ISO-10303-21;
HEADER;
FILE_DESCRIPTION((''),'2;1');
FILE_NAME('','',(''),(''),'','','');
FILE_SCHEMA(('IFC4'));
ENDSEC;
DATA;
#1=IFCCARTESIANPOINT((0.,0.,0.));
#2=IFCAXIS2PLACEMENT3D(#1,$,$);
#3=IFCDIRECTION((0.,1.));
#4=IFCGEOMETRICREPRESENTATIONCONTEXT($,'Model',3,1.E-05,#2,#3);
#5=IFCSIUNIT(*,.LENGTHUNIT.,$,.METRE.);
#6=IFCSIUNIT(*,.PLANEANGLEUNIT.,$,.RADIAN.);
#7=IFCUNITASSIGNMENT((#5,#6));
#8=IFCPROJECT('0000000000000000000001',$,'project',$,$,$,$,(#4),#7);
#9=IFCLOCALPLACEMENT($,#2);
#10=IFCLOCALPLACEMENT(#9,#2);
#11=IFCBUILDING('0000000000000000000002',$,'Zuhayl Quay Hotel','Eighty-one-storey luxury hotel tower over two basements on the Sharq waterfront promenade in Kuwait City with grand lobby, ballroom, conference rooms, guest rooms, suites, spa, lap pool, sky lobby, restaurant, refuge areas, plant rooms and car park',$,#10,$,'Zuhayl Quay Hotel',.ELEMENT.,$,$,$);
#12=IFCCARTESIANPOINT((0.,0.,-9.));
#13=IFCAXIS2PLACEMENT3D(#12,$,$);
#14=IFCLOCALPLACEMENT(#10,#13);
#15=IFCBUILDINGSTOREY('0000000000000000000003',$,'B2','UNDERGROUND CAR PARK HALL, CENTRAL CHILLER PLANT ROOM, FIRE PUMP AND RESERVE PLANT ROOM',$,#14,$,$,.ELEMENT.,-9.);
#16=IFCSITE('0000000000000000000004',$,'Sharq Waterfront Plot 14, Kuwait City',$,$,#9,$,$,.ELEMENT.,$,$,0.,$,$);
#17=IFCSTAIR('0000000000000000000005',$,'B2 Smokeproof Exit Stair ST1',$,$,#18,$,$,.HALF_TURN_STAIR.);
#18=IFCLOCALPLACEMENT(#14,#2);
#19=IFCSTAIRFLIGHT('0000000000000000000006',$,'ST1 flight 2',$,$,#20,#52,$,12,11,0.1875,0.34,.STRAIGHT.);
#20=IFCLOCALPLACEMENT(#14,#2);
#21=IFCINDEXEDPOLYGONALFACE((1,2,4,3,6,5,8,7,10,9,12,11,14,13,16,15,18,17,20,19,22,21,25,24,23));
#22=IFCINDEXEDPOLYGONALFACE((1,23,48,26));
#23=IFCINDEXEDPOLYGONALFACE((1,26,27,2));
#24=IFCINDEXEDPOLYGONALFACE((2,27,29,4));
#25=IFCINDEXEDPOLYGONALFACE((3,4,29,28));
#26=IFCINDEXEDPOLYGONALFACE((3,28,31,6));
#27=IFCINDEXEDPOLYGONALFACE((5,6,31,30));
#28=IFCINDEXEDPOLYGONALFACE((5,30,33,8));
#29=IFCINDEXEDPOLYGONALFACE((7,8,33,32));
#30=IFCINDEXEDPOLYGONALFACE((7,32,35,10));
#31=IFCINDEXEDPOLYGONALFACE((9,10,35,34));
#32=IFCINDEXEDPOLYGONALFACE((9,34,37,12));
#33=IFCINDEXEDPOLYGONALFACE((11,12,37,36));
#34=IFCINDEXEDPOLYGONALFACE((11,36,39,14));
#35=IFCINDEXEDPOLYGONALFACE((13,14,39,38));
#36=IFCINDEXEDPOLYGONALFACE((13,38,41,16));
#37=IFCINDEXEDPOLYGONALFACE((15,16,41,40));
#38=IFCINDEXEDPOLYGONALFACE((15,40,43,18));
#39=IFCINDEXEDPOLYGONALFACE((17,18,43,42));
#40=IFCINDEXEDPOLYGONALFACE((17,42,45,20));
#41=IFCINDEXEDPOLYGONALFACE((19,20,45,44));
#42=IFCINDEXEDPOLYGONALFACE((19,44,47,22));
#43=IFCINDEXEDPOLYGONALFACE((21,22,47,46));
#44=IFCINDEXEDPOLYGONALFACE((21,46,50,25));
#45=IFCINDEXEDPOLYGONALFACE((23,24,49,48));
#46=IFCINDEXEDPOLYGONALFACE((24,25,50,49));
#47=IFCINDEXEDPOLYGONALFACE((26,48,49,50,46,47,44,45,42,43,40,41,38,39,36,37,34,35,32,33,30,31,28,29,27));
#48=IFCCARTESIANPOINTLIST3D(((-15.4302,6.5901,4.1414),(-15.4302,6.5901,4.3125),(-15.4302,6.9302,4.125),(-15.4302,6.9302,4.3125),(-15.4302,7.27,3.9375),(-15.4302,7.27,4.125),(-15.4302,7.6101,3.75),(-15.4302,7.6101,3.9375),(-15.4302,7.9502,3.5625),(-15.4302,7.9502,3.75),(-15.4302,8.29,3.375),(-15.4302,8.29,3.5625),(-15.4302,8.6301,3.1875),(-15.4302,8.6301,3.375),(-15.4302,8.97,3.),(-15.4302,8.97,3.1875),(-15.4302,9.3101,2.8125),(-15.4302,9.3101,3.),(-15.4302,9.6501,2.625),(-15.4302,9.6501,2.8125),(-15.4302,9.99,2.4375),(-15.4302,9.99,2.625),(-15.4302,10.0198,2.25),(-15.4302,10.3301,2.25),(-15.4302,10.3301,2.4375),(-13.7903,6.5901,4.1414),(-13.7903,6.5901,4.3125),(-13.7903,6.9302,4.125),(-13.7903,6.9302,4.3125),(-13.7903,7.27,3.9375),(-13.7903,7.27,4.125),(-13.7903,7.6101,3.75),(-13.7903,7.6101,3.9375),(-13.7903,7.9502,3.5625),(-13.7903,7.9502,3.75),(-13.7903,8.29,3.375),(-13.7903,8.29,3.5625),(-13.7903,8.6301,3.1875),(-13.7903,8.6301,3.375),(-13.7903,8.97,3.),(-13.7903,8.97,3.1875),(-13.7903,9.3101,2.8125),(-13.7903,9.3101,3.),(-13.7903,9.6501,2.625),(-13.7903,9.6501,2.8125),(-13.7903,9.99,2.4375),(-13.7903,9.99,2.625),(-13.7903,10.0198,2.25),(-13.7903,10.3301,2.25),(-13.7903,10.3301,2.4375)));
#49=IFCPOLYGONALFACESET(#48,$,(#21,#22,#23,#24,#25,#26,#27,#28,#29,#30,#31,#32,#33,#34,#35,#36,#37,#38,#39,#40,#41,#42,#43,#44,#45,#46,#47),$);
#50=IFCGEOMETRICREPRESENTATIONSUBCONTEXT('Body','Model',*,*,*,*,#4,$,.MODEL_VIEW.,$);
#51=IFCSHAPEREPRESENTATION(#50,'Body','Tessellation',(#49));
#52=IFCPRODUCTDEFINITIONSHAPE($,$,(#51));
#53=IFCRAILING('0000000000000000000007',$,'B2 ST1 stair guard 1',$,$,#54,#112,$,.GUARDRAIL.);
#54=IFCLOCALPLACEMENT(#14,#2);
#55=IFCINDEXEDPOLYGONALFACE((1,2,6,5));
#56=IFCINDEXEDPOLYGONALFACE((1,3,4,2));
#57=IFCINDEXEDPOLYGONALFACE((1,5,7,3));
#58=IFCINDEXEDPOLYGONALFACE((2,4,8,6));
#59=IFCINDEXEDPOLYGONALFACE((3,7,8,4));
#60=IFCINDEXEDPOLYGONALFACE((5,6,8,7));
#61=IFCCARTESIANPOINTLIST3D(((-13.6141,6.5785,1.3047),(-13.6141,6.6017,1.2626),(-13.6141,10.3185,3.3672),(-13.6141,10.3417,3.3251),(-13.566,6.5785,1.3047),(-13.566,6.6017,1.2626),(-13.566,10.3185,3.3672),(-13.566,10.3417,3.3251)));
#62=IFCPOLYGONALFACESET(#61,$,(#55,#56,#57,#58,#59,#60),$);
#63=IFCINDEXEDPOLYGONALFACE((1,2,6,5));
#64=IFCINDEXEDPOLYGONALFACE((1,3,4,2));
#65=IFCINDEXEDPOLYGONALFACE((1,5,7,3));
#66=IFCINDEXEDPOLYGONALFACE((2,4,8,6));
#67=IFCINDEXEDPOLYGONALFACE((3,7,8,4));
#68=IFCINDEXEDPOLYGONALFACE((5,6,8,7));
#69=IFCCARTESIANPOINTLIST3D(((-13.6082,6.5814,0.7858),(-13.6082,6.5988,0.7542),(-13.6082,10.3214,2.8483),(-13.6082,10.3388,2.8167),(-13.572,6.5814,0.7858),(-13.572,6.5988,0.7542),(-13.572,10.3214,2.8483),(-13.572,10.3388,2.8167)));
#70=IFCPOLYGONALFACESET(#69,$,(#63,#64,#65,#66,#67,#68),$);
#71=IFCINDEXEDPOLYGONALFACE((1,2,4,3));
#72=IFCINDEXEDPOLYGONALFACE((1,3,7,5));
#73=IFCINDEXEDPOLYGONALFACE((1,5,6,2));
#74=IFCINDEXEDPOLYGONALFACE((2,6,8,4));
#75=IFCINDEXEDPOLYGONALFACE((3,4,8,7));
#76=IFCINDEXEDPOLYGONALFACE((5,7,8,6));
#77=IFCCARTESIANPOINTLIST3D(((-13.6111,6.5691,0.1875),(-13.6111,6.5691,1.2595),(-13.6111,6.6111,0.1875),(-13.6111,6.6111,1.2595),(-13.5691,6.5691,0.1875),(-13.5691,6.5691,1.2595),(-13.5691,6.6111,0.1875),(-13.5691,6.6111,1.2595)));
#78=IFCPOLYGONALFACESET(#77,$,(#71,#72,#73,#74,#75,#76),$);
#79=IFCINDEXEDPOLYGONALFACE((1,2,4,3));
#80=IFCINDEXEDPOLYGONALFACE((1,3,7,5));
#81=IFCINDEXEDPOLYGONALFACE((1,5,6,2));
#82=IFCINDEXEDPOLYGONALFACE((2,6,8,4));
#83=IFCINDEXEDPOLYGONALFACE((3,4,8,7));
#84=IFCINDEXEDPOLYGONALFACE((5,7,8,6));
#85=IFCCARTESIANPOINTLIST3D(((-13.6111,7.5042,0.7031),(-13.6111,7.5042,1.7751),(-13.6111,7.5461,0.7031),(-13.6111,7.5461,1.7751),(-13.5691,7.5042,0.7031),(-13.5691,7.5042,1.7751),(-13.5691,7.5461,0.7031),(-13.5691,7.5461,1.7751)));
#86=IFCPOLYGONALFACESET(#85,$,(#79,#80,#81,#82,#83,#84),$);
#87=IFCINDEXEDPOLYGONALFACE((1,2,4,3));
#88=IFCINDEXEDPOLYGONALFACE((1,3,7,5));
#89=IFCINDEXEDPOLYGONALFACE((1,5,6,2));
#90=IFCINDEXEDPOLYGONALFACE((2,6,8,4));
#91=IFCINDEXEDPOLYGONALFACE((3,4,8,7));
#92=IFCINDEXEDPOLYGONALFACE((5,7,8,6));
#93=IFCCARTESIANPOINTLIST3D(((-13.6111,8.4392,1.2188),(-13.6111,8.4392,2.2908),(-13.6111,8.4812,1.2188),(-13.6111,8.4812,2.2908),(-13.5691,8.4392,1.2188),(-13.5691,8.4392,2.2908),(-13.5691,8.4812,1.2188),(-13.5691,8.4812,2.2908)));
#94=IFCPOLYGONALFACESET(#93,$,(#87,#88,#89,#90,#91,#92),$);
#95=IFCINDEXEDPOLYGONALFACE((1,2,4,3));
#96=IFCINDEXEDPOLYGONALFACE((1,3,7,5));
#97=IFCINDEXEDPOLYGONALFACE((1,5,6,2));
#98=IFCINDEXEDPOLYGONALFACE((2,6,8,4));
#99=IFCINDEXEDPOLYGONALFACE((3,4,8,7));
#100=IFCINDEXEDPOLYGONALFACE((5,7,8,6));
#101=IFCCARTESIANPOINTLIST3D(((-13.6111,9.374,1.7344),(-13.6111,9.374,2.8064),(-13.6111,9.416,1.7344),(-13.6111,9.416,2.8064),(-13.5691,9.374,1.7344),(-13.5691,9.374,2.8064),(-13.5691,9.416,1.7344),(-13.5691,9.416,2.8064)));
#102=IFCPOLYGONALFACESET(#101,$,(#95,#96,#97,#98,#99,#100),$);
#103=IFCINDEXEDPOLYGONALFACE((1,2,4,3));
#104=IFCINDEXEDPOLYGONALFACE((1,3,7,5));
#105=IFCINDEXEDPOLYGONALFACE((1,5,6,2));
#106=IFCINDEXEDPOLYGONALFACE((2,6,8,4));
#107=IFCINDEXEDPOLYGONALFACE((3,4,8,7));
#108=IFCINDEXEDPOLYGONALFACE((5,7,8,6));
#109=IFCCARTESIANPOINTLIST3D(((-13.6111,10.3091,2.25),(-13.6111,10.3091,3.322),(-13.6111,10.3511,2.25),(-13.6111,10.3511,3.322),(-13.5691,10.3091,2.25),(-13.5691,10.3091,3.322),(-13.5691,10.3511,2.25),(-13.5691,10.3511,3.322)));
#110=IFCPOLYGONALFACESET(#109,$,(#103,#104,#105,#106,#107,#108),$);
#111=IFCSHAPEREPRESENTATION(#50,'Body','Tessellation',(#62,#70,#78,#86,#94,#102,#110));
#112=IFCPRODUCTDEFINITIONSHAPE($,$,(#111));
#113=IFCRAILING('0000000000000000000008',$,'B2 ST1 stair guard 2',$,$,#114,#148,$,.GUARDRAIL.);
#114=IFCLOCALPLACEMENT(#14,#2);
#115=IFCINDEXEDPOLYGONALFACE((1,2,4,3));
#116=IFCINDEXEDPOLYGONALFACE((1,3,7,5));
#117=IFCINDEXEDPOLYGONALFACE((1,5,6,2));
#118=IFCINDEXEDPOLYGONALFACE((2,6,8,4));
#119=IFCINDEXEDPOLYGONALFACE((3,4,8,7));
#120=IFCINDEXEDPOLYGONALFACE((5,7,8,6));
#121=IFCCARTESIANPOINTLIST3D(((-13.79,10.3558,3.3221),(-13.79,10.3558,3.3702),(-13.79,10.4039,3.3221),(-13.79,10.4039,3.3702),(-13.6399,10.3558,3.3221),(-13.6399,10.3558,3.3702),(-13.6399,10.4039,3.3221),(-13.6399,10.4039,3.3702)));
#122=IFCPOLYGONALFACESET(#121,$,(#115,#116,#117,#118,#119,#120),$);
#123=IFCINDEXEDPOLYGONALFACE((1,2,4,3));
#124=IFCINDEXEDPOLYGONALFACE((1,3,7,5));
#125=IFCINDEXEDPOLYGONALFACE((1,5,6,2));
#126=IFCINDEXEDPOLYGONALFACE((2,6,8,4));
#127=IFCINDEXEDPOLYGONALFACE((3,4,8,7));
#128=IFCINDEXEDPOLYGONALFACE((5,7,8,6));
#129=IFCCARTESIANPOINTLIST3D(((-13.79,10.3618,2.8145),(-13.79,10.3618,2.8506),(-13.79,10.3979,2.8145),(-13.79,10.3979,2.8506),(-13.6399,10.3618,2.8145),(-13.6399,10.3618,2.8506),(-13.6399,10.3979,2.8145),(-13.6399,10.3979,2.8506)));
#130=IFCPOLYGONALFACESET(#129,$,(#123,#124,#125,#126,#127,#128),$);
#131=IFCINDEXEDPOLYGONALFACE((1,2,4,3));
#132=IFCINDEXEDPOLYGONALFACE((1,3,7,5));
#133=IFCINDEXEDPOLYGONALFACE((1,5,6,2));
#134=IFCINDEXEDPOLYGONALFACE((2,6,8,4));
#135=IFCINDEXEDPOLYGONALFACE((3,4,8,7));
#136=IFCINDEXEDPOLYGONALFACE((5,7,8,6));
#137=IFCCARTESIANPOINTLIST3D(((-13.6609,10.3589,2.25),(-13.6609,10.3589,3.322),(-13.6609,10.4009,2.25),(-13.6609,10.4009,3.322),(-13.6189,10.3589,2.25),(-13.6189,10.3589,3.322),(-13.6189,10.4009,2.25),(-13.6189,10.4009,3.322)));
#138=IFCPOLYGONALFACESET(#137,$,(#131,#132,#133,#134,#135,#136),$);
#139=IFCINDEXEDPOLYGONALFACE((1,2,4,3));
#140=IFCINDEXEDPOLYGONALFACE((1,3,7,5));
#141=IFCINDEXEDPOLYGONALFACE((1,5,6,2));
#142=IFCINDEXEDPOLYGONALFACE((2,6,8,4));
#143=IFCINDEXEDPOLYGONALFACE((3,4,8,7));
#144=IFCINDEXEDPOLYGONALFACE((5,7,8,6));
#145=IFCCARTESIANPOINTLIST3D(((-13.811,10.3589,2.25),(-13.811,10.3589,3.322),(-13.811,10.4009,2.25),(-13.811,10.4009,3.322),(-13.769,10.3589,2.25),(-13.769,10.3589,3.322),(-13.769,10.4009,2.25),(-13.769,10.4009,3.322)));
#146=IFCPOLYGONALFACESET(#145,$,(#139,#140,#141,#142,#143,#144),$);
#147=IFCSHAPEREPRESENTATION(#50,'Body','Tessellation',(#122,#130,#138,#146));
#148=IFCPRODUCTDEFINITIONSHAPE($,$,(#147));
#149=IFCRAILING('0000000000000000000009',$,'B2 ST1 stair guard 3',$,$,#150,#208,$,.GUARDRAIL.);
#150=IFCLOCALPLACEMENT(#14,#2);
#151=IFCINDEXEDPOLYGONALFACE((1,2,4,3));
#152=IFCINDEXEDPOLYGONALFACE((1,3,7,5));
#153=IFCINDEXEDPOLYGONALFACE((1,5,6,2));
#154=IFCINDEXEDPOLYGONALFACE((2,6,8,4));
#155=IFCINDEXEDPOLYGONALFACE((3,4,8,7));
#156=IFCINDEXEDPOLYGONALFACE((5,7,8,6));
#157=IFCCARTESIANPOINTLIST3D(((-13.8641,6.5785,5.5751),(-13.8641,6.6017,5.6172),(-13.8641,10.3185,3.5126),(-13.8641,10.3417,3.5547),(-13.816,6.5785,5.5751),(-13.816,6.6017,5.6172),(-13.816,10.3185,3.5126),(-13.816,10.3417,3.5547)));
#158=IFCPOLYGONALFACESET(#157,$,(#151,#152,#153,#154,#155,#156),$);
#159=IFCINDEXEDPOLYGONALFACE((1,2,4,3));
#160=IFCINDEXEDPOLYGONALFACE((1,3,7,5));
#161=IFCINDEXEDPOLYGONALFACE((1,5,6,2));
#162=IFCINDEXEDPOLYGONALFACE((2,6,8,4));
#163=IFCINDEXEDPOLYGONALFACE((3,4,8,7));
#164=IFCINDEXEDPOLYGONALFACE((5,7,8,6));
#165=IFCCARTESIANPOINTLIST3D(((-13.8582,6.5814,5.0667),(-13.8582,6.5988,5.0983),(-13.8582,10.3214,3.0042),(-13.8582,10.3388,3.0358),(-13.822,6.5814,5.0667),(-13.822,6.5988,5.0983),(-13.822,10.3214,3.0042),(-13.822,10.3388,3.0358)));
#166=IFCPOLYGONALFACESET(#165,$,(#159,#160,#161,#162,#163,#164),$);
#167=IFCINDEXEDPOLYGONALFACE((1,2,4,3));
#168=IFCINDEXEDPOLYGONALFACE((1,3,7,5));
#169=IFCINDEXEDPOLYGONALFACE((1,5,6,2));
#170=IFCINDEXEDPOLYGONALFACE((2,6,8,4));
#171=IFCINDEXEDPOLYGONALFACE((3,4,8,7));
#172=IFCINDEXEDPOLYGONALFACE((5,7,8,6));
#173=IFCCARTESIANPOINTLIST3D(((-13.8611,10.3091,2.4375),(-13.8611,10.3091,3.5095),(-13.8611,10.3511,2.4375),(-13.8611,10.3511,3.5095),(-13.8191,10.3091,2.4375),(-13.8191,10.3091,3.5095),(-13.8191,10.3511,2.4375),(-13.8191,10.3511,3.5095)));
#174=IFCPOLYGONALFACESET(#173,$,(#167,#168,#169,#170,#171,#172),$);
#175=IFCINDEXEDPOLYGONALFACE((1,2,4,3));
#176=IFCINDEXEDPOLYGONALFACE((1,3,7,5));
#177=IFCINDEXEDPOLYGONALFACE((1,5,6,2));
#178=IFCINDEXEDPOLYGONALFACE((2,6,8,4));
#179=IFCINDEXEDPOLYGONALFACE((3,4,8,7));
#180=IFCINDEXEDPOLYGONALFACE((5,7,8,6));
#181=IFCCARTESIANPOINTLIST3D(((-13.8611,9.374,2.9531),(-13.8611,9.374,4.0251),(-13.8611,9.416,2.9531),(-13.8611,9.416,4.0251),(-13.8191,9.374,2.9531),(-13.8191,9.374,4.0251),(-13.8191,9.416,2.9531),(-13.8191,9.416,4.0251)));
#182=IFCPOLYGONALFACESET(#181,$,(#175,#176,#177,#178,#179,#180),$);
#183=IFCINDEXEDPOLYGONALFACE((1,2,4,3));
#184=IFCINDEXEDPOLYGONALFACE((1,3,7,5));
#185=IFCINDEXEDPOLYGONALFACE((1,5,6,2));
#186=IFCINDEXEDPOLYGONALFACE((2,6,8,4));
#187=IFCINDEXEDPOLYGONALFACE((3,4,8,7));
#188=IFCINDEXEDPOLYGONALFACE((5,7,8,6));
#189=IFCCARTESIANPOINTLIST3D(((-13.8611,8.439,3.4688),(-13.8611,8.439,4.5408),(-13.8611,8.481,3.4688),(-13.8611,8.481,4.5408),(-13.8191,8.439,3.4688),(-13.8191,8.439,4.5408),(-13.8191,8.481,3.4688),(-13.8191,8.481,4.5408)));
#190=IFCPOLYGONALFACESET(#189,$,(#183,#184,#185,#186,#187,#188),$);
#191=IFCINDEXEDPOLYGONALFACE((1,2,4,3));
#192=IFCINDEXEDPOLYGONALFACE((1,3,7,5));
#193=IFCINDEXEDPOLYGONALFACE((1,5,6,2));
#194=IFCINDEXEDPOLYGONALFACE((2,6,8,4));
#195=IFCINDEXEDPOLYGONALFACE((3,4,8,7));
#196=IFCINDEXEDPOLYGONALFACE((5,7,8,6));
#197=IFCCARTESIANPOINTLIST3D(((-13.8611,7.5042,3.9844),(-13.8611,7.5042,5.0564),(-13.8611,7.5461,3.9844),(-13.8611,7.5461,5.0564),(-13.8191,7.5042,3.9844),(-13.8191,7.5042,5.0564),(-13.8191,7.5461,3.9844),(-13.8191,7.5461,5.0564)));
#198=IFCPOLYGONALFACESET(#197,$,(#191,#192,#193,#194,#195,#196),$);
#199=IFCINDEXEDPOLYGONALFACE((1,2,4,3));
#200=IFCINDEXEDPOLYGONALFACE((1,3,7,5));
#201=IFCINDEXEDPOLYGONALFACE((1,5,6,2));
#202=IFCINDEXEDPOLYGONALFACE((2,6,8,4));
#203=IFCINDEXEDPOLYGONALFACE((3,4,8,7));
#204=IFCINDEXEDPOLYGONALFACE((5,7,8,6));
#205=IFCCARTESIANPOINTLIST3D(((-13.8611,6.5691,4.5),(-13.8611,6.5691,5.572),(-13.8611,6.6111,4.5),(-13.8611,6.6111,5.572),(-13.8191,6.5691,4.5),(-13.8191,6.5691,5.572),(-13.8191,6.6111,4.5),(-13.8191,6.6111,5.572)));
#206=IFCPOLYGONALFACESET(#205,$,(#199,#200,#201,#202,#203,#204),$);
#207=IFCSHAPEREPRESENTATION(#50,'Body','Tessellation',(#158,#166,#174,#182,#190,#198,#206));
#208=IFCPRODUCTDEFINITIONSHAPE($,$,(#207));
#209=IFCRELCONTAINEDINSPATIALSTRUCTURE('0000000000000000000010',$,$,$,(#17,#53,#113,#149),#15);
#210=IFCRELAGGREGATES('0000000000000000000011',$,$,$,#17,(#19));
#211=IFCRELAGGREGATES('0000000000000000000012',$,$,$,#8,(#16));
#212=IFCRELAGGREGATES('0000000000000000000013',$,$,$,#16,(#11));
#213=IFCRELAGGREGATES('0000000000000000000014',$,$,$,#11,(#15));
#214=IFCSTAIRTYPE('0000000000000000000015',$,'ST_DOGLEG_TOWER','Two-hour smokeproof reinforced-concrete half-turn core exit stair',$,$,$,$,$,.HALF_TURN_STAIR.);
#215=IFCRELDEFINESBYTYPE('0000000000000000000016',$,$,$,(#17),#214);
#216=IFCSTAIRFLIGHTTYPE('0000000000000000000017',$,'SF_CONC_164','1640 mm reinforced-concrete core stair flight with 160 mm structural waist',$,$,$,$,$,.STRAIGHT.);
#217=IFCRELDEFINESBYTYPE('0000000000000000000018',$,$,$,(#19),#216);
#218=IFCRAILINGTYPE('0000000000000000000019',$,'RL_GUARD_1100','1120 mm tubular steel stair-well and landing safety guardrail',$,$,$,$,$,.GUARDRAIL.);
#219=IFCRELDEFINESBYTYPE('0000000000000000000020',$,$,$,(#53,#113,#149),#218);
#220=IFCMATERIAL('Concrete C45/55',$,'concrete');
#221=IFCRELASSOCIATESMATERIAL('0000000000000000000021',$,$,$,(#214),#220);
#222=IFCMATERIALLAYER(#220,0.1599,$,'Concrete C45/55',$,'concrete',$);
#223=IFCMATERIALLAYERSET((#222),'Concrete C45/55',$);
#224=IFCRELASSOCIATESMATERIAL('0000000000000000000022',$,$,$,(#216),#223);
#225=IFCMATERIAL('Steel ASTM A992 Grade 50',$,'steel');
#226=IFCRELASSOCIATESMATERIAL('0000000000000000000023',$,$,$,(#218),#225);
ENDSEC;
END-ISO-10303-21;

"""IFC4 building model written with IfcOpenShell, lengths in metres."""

from ifc_helpers import new_model, si_unit, direction, frame, origin, origin_2d, place, context, subcontext, project, spatial, polyline, rectangle, outline, extrude, material, layer, layer_set, type_object, element, aggregate, save


model = new_model("IFC4")

# Units and contexts
model_context = context("Model", 3, precision=1e-05, world=origin(), true_north=direction((0.0, 1.0)))
body_context = subcontext(model_context, "Body", "Model", "MODEL_VIEW")
ifc_project = project(units=[si_unit("LENGTHUNIT", "METRE"), si_unit("PLANEANGLEUNIT", "RADIAN")], contexts=[model_context])

# Site, building, storey
site_placement = place(None, origin())
site = spatial("IfcSite", under=ifc_project, at=site_placement, Name="Sharq Waterfront Plot 14, Kuwait City", CompositionType="ELEMENT", RefElevation=0.0)
building_placement = place(site_placement, origin())
building = spatial("IfcBuilding", under=site, at=building_placement, Name="Zuhayl Quay Hotel", Description="Eighty-one-storey luxury hotel tower over two basements on the Sharq waterfront promenade in Kuwait City with grand lobby, ballroom, conference rooms, guest rooms, suites, spa, lap pool, sky lobby, restaurant, refuge areas, plant rooms and car park", LongName="Zuhayl Quay Hotel", CompositionType="ELEMENT")
storey_placement = place(building_placement, frame((0.0, 0.0, -9.0)))
storey = spatial("IfcBuildingStorey", under=building, at=storey_placement, Name="B2", Description="UNDERGROUND CAR PARK HALL, CENTRAL CHILLER PLANT ROOM, FIRE PUMP AND RESERVE PLANT ROOM", CompositionType="ELEMENT", Elevation=-9.0)

# Shared definitions
ifc_material_1 = material(Name="Steel ASTM A992 Grade 50", Category="steel")

# Stair, stair flight
ifc_material_2 = material(Name="Concrete C45/55", Category="concrete")
stair_type = type_object("IfcStairType", Name="ST_DOGLEG_TOWER", Description="Two-hour smokeproof reinforced-concrete half-turn core exit stair", PredefinedType="HALF_TURN_STAIR", material=ifc_material_2)
stair_placement = place(storey_placement, origin())
stair = element("IfcStair", 1, at=stair_placement, inside=storey, type_object=stair_type, Name="B2 Smokeproof Exit Stair ST1", PredefinedType="HALF_TURN_STAIR")
ifc_layer_1 = layer(ifc_material_2, 0.1599, Name="Concrete C45/55", Category="concrete")
ifc_layer_set_1 = layer_set([ifc_layer_1], Name="Concrete C45/55")
stair_flight_type = type_object("IfcStairFlightType", Name="SF_CONC_164", Description="1640 mm reinforced-concrete core stair flight with 160 mm structural waist", PredefinedType="STRAIGHT", material=ifc_layer_set_1)
stair_flight_1_placement = place(storey_placement, frame((-14.6101, 10.3301, 2.25), z_axis=(0.0, 0.0, 1.0), x_axis=(0.0, -1.0, 0.0)))
stair_flight_1 = element("IfcStairFlight", 2, at=stair_flight_1_placement, type_object=stair_flight_type, Name="ST1 flight 2", NumberOfRisers=12, NumberOfTreads=11, PredefinedType="STRAIGHT", RiserHeight=0.1875, TreadLength=0.34, context=body_context, shape_type="SweptSolid", body=[
    extrude(outline(polyline([(0.0, 0.0), (0.0, 0.1875), (0.3401, 0.1875), (0.3401, 0.375), (0.6799, 0.375), (0.6799, 0.5625), (1.02, 0.5625), (1.02, 0.75), (1.3601, 0.75), (1.3601, 0.9375), (1.7, 0.9375), (1.7, 1.125), (2.04, 1.125), (2.04, 1.3125), (2.3799, 1.3125), (2.3799, 1.5), (2.72, 1.5), (2.72, 1.6875), (3.0601, 1.6875), (3.0601, 1.875), (3.3999, 1.875), (3.3999, 2.0625), (3.74, 2.0625), (3.74, 2.25), (3.74, 1.8914), (0.3103, 0.0), (0.0, 0.0)])), frame((0.0, 0.8198, 0.0), z_axis=(0.0, -1.0, 0.0), x_axis=(1.0, 0.0, 0.0)), (0.0, 0.0, 1.0), 1.6399),
])
aggregate(stair, [stair_flight_1])

# Railings
railing_type_1 = type_object("IfcRailingType", Name="RL_GUARD_1100", Description="1120 mm tubular steel stair-well and landing safety guardrail", PredefinedType="GUARDRAIL", material=ifc_material_1)
railing_1_placement = place(storey_placement, frame((-13.5901, 6.5901, 0.1875)))
element("IfcRailing", 3, at=railing_1_placement, inside=storey, type_object=railing_type_1, Name="B2 ST1 stair guard 1", PredefinedType="GUARDRAIL", context=body_context, shape_type="SweptSolid", body=[
    extrude(rectangle(XDim=0.0481, YDim=0.0481, at=origin_2d()), frame((0.0, 0.0, 1.0962), z_axis=(0.0, 0.875671, 0.482908), x_axis=(-1.0, 0.0, 0.0)), (0.0, 0.0, 1.0), 4.271),
    extrude(rectangle(XDim=0.0361, YDim=0.0361, at=origin_2d()), frame((0.0, 0.0, 0.5825), z_axis=(0.0, 0.875671, 0.482908), x_axis=(-1.0, 0.0, 0.0)), (0.0, 0.0, 1.0), 4.271),
    extrude(rectangle(XDim=0.042, YDim=0.042, at=origin_2d()), origin(), (0.0, 0.0, 1.0), 1.072),
    extrude(rectangle(XDim=0.042, YDim=0.042, at=origin_2d()), frame((0.0, 0.9351, 0.5156)), (0.0, 0.0, 1.0), 1.072),
    extrude(rectangle(XDim=0.042, YDim=0.042, at=origin_2d()), frame((0.0, 1.8701, 1.0312)), (0.0, 0.0, 1.0), 1.072),
    extrude(rectangle(XDim=0.042, YDim=0.042, at=origin_2d()), frame((0.0, 2.8049, 1.5469)), (0.0, 0.0, 1.0), 1.072),
    extrude(rectangle(XDim=0.042, YDim=0.042, at=origin_2d()), frame((0.0, 3.74, 2.0625)), (0.0, 0.0, 1.0), 1.072),
])
railing_2_placement = place(storey_placement, frame((-13.6399, 10.3799, 2.25)))
element("IfcRailing", 4, at=railing_2_placement, inside=storey, type_object=railing_type_1, Name="B2 ST1 stair guard 2", PredefinedType="GUARDRAIL", context=body_context, shape_type="SweptSolid", body=[
    extrude(rectangle(XDim=0.0481, YDim=0.0481, at=origin_2d()), frame((0.0, 0.0, 1.0962), z_axis=(-1.0, 0.0, 0.0), x_axis=(0.0, -1.0, 0.0)), (0.0, 0.0, 1.0), 0.1501),
    extrude(rectangle(XDim=0.0361, YDim=0.0361, at=origin_2d()), frame((0.0, 0.0, 0.5825), z_axis=(-1.0, 0.0, 0.0), x_axis=(0.0, -1.0, 0.0)), (0.0, 0.0, 1.0), 0.1501),
    extrude(rectangle(XDim=0.042, YDim=0.042, at=origin_2d()), origin(), (0.0, 0.0, 1.0), 1.072),
    extrude(rectangle(XDim=0.042, YDim=0.042, at=origin_2d()), frame((-0.1501, 0.0, 0.0)), (0.0, 0.0, 1.0), 1.072),
])
railing_3_placement = place(storey_placement, frame((-13.8401, 10.3301, 2.4375)))
element("IfcRailing", 5, at=railing_3_placement, inside=storey, type_object=railing_type_1, Name="B2 ST1 stair guard 3", PredefinedType="GUARDRAIL", context=body_context, shape_type="SweptSolid", body=[
    extrude(rectangle(XDim=0.0481, YDim=0.0481, at=origin_2d()), frame((0.0, 0.0, 1.0962), z_axis=(0.0, -0.875671, 0.482908), x_axis=(1.0, 0.0, 0.0)), (0.0, 0.0, 1.0), 4.271),
    extrude(rectangle(XDim=0.0361, YDim=0.0361, at=origin_2d()), frame((0.0, 0.0, 0.5825), z_axis=(0.0, -0.875671, 0.482908), x_axis=(1.0, 0.0, 0.0)), (0.0, 0.0, 1.0), 4.271),
    extrude(rectangle(XDim=0.042, YDim=0.042, at=origin_2d()), origin(), (0.0, 0.0, 1.0), 1.072),
    extrude(rectangle(XDim=0.042, YDim=0.042, at=origin_2d()), frame((0.0, -0.9351, 0.5156)), (0.0, 0.0, 1.0), 1.072),
    extrude(rectangle(XDim=0.042, YDim=0.042, at=origin_2d()), frame((0.0, -1.8701, 1.0312)), (0.0, 0.0, 1.0), 1.072),
    extrude(rectangle(XDim=0.042, YDim=0.042, at=origin_2d()), frame((0.0, -2.8049, 1.5469)), (0.0, 0.0, 1.0), 1.072),
    extrude(rectangle(XDim=0.042, YDim=0.042, at=origin_2d()), frame((0.0, -3.74, 2.0625)), (0.0, 0.0, 1.0), 1.072),
])

save(model, "model.ifc")
